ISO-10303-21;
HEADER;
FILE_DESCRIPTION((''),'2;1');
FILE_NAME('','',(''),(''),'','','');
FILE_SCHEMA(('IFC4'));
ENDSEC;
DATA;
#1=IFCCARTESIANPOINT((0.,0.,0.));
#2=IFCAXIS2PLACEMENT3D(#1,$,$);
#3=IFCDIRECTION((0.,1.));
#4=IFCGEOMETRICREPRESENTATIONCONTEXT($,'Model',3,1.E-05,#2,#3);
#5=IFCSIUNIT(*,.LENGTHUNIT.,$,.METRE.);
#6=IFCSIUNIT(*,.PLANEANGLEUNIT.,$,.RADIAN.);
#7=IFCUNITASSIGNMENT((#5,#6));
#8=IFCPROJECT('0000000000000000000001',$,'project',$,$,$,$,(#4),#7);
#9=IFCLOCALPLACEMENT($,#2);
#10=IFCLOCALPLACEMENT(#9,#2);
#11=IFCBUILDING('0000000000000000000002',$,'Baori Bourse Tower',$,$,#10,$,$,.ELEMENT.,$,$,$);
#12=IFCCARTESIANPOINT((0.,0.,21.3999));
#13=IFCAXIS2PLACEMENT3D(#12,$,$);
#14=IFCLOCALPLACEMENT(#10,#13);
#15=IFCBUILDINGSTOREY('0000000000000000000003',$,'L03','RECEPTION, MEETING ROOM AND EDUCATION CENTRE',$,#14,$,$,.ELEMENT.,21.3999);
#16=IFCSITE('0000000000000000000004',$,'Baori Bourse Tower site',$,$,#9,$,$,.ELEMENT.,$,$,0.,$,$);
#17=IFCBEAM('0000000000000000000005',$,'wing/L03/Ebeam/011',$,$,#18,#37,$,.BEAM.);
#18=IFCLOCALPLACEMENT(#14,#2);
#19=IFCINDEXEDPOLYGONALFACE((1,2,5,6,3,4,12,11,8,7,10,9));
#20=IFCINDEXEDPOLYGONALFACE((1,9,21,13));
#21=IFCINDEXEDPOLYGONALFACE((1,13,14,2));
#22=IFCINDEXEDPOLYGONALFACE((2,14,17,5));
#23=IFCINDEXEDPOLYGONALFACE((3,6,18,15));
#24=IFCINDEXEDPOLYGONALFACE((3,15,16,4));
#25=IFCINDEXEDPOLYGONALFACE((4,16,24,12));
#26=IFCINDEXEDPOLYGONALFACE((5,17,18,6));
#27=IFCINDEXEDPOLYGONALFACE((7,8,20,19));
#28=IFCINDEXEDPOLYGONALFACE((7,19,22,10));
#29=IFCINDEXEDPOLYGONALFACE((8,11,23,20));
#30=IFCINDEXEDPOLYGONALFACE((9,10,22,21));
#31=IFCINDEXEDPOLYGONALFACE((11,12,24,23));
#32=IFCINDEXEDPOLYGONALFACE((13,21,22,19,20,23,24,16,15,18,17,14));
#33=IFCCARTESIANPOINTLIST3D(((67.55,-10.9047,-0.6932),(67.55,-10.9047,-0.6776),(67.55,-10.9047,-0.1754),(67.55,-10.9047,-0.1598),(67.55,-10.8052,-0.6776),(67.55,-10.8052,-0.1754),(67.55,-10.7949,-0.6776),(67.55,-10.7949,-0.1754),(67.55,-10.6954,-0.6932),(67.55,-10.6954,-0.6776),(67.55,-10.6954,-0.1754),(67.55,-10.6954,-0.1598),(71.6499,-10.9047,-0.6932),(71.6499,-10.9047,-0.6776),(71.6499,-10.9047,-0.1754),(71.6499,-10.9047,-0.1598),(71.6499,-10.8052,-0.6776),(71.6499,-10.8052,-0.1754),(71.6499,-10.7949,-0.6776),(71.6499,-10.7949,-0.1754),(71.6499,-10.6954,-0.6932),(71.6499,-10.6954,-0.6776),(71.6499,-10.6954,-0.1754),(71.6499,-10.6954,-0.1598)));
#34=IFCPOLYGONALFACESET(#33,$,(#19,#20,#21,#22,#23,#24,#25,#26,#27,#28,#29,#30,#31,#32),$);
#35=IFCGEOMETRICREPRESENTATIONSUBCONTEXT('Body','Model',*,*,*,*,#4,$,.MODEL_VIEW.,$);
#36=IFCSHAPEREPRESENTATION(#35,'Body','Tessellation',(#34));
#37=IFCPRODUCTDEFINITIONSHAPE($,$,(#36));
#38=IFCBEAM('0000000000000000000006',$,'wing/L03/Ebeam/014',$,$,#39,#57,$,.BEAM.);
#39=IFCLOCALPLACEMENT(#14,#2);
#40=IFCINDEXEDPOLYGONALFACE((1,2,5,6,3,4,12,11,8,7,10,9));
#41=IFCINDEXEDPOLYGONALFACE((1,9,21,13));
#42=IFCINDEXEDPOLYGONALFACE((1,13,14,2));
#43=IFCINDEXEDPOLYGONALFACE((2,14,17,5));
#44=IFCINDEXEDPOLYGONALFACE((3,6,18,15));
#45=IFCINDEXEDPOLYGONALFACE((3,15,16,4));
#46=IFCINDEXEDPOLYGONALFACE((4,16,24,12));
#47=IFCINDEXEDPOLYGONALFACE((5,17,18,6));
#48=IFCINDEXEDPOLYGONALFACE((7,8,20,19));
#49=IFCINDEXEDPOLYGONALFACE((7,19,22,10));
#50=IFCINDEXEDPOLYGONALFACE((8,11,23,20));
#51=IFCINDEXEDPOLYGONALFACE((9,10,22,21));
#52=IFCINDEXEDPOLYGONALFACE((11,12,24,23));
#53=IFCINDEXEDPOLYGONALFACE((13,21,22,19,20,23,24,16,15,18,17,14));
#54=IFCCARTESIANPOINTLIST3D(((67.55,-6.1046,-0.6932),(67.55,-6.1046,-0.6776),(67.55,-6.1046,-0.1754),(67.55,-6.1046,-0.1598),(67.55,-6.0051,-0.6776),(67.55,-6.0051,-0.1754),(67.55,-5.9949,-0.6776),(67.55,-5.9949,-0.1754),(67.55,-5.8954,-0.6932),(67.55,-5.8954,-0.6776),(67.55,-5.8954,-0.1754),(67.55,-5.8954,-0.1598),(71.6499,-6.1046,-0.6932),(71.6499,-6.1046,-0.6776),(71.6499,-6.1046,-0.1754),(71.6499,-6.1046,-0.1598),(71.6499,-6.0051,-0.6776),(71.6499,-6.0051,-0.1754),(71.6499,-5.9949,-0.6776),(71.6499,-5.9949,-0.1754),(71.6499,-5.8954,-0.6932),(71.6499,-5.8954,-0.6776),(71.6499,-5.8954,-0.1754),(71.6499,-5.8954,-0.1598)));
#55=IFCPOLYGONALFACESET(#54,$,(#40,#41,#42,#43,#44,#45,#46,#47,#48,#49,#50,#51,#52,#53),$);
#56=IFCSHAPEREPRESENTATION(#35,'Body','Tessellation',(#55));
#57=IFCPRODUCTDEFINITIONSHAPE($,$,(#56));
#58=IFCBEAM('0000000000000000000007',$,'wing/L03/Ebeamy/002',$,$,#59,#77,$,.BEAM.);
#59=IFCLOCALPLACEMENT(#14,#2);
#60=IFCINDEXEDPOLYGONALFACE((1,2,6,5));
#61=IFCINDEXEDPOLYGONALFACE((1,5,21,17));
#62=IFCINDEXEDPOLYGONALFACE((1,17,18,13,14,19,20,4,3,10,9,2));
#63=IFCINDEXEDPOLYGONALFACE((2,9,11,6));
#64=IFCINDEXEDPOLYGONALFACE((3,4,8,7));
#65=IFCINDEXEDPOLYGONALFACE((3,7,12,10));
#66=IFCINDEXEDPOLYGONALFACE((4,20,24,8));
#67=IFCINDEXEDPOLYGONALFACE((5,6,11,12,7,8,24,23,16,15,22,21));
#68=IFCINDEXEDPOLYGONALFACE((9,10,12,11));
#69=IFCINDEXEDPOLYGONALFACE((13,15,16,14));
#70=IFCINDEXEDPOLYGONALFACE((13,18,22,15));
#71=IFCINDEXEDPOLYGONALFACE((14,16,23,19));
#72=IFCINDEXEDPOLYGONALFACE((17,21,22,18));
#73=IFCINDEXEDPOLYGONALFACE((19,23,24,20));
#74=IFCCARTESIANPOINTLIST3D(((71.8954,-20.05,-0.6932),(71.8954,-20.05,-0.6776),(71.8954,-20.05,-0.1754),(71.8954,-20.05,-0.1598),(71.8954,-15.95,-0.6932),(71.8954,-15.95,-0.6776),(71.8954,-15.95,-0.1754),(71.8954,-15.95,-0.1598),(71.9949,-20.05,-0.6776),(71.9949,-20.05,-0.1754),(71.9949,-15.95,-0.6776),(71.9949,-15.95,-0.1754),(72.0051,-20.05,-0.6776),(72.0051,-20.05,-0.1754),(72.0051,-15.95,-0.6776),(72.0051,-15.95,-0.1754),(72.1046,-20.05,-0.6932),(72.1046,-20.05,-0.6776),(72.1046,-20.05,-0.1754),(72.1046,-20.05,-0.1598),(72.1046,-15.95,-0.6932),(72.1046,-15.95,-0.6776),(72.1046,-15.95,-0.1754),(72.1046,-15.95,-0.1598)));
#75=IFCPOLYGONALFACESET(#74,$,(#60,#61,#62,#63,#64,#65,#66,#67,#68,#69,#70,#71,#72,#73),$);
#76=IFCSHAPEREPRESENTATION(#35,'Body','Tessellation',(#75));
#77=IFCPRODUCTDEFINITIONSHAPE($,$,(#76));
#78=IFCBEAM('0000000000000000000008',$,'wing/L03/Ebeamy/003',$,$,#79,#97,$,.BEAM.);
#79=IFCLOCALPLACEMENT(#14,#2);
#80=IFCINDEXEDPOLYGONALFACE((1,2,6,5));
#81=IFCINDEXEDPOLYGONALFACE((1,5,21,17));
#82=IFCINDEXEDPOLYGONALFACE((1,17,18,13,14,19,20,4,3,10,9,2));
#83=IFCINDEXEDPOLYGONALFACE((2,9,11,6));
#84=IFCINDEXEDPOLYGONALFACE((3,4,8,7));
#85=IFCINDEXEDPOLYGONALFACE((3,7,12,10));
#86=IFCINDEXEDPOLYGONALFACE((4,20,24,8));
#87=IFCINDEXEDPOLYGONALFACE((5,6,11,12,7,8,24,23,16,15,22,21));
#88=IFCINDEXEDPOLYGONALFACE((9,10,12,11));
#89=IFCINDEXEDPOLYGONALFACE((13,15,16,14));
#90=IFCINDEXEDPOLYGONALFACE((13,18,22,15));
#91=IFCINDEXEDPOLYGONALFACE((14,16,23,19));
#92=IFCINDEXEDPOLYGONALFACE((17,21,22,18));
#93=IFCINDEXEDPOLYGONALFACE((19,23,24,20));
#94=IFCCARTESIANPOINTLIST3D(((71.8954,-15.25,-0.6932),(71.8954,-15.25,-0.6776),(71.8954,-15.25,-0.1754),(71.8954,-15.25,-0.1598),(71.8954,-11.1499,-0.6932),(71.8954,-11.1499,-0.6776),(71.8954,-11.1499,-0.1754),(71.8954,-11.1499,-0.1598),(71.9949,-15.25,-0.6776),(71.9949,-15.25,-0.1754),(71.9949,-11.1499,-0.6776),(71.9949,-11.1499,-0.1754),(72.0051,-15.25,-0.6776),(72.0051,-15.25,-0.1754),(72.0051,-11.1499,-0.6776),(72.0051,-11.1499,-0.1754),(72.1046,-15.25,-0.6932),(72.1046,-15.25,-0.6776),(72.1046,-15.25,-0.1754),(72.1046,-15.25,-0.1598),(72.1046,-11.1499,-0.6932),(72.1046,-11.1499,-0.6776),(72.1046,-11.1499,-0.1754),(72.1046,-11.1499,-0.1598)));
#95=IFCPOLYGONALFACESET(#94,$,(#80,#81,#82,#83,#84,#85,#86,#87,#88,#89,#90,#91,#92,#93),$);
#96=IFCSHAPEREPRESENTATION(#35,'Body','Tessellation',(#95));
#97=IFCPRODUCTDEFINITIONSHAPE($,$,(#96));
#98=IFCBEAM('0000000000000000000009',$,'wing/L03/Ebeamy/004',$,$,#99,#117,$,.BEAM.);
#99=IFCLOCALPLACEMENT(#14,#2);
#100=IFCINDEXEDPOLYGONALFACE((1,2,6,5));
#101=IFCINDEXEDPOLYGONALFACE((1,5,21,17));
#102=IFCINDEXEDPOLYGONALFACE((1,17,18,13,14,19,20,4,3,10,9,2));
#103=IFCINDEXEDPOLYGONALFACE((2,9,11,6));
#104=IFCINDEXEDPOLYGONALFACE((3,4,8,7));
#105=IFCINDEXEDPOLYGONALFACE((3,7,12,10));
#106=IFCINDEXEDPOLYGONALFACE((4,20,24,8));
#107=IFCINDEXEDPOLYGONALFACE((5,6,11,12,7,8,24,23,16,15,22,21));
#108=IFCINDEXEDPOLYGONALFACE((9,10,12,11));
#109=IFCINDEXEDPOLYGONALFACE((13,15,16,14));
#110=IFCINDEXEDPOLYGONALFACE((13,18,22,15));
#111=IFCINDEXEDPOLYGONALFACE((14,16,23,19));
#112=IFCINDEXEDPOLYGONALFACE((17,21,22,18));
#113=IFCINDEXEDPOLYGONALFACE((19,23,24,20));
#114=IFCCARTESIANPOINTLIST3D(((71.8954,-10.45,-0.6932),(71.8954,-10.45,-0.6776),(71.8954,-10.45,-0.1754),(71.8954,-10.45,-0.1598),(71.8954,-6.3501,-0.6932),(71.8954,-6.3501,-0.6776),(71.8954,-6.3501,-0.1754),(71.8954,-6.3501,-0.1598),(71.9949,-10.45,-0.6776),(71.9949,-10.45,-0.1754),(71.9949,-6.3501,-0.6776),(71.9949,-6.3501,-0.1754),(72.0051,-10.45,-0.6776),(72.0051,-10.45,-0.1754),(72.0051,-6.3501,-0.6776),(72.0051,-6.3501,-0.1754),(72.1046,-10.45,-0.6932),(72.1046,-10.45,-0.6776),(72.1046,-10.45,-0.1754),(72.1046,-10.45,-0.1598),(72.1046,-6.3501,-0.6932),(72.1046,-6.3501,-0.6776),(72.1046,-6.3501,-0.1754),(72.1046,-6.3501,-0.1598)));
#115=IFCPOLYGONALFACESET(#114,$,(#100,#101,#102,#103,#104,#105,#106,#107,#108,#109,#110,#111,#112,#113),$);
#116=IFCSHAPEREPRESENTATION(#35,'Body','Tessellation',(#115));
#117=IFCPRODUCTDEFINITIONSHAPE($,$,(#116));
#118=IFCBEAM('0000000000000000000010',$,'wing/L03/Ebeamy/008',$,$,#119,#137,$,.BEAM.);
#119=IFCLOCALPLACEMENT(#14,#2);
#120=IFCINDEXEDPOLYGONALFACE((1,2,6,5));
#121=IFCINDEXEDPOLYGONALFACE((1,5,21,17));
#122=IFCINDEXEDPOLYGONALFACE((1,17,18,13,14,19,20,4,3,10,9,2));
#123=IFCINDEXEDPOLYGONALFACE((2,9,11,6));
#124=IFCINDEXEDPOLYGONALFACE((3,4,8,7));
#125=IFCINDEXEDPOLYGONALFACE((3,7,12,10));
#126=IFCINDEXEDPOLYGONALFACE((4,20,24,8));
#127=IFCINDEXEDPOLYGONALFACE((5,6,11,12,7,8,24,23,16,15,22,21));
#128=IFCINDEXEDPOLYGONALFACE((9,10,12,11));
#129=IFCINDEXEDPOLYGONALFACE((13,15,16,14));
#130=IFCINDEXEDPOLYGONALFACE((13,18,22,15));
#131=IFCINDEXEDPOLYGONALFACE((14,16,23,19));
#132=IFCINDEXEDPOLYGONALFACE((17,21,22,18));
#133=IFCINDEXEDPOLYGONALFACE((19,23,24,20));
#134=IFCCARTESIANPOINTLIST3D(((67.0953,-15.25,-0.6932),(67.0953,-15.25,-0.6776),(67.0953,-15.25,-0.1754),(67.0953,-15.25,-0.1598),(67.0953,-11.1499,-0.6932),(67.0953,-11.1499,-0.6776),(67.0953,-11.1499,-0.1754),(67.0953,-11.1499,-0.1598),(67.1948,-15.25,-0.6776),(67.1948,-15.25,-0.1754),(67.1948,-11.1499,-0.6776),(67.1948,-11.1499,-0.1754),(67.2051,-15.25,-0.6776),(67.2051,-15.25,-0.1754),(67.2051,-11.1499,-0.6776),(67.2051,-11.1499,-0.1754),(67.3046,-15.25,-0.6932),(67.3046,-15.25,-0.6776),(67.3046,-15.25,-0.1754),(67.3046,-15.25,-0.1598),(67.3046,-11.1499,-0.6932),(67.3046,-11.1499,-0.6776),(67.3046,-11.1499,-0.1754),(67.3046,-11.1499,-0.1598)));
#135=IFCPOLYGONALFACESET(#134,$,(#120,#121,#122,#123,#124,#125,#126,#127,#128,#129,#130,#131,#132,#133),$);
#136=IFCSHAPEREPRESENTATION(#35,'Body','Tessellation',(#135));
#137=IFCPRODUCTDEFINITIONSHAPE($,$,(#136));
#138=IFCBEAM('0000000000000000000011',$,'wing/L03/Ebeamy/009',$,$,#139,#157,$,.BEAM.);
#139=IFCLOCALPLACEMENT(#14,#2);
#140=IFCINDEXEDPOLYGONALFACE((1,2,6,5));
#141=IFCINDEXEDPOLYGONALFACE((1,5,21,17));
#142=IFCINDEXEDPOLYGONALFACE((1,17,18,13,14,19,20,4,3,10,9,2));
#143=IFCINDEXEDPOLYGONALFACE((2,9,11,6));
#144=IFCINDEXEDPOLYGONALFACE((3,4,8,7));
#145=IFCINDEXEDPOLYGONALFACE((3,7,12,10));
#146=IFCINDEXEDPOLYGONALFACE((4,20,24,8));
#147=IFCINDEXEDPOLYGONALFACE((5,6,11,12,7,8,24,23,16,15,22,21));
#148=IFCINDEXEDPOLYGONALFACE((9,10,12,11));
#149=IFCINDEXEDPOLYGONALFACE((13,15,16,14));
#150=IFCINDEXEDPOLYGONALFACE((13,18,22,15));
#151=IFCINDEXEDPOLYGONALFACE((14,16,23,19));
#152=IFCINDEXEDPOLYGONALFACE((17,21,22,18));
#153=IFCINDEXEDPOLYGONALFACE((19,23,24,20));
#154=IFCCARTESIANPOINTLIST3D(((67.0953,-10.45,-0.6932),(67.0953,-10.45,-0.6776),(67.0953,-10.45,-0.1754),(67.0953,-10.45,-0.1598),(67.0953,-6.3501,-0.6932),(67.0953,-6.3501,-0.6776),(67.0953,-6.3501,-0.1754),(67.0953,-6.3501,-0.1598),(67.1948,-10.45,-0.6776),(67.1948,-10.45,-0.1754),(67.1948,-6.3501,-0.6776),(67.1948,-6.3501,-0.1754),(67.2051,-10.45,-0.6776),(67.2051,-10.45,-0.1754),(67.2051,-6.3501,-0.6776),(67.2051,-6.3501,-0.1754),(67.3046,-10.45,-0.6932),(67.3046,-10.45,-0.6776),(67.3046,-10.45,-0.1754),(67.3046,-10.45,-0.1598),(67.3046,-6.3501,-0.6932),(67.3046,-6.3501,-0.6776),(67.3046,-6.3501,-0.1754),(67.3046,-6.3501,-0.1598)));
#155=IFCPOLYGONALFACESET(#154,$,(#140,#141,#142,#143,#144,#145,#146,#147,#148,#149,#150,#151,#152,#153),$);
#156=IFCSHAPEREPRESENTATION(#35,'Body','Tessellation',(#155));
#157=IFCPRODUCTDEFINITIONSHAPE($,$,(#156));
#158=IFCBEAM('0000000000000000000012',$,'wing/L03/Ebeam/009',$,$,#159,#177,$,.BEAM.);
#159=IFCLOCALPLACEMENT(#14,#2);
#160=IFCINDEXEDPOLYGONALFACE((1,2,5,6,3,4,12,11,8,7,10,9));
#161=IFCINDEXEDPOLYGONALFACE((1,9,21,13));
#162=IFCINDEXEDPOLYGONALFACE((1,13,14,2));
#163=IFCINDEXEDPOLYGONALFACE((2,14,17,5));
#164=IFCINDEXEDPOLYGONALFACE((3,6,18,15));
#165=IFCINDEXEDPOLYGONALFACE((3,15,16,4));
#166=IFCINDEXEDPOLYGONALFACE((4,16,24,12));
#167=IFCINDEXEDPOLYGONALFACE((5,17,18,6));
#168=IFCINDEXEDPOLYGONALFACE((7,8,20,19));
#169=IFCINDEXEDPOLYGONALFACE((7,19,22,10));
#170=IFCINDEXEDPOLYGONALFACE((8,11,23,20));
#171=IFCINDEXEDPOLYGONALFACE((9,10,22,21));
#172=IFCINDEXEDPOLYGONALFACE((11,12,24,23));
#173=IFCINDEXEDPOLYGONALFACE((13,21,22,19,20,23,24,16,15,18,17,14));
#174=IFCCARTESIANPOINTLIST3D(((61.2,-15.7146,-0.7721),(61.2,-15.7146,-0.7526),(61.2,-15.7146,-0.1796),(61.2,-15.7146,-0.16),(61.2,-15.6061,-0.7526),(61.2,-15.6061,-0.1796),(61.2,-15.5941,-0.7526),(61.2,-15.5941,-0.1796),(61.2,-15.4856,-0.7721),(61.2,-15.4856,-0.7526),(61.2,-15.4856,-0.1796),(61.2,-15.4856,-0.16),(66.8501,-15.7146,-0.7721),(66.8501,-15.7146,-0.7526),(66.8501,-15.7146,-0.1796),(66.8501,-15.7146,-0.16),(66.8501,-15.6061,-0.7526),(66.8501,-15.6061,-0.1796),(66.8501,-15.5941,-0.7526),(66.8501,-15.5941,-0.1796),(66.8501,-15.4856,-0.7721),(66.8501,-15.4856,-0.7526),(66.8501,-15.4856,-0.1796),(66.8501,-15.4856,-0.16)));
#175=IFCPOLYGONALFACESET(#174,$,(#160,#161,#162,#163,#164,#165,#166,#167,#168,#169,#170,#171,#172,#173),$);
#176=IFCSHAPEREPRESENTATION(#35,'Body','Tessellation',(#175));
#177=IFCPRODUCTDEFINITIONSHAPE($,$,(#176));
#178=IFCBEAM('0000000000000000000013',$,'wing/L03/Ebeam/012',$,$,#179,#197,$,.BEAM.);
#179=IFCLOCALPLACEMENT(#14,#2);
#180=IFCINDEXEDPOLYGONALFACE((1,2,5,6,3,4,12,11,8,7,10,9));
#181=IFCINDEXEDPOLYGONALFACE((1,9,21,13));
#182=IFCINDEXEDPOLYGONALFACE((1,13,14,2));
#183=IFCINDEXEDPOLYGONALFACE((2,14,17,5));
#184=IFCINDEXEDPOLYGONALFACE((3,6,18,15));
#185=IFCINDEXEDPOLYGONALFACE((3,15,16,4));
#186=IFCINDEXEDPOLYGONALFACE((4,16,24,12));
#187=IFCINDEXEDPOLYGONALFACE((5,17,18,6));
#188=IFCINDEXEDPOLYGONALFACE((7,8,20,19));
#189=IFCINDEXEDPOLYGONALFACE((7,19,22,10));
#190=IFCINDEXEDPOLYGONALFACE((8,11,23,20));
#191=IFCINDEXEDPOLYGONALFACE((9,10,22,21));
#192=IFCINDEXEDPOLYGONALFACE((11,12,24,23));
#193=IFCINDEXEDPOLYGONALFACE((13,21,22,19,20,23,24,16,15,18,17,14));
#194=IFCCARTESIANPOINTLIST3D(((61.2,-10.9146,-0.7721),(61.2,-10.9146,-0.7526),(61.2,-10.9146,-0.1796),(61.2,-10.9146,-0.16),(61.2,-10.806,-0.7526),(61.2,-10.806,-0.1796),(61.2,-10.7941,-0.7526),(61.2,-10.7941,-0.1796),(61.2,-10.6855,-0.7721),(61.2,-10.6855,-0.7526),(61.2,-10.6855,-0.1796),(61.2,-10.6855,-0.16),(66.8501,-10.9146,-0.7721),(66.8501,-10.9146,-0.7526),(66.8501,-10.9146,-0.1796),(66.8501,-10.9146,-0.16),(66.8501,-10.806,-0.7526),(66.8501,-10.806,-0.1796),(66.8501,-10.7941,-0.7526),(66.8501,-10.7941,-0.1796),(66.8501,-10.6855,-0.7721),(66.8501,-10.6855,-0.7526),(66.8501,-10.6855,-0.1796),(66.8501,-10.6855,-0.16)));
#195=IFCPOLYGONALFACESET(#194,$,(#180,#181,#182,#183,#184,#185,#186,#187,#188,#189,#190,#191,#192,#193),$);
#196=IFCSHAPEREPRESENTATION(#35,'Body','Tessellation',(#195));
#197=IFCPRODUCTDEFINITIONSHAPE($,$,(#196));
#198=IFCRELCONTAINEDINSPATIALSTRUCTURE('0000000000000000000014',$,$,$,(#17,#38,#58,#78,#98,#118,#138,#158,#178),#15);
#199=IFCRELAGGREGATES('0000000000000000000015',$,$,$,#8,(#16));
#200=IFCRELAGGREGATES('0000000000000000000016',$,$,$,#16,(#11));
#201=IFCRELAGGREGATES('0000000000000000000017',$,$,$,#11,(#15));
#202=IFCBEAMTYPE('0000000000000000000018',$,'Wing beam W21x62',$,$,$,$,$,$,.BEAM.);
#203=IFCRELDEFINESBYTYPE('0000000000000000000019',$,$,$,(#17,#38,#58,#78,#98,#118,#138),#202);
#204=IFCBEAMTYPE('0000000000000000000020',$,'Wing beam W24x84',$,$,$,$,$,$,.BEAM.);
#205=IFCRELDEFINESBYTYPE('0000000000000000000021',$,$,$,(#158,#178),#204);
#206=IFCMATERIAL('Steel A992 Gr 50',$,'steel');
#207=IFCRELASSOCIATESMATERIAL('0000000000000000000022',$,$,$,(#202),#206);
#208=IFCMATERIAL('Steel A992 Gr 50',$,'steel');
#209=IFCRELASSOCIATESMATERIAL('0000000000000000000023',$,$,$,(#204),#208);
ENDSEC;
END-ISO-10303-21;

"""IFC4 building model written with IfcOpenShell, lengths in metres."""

from ifc_helpers import new_model, si_unit, direction, frame, origin, origin_2d, place, context, subcontext, project, spatial, i_section, extrude, material, material_profile, profile_set, type_object, element, save


model = new_model("IFC4")

# Units and contexts
model_context = context("Model", 3, precision=1e-05, world=origin(), true_north=direction((0.0, 1.0)))
body_context = subcontext(model_context, "Body", "Model", "MODEL_VIEW")
ifc_project = project(units=[si_unit("LENGTHUNIT", "METRE"), si_unit("PLANEANGLEUNIT", "RADIAN")], contexts=[model_context])

# Site, building, storey
site_placement = place(None, origin())
site = spatial("IfcSite", under=ifc_project, at=site_placement, Name="Baori Bourse Tower site", CompositionType="ELEMENT", RefElevation=0.0)
building_placement = place(site_placement, origin())
building = spatial("IfcBuilding", under=site, at=building_placement, Name="Baori Bourse Tower", CompositionType="ELEMENT")
storey_placement = place(building_placement, frame((0.0, 0.0, 21.3999)))
storey = spatial("IfcBuildingStorey", under=building, at=storey_placement, Name="L03", Description="RECEPTION, MEETING ROOM AND EDUCATION CENTRE", CompositionType="ELEMENT", Elevation=21.3999)

# Beams
ifc_material_1 = material(Name="Steel A992 Gr 50", Category="steel")
ifc_material_profile_1 = material_profile(ifc_material_1, i_section(OverallWidth=0.2092, OverallDepth=0.5334, WebThickness=0.0103, FlangeThickness=0.0156, at=origin_2d()), Name="W21x62")
ifc_profile_set_1 = profile_set([ifc_material_profile_1], Name="Steel A992 Gr 50")
beam_type_1 = type_object("IfcBeamType", Name="Wing beam W21x62", PredefinedType="BEAM", material=ifc_profile_set_1)
for number, where, z_axis, x_axis, name in (
    (1, (71.6499, -10.8, -0.4265), (-1.0, 0.0, 0.0), (0.0, -1.0, 0.0), "wing/L03/Ebeam/011"),
    (2, (71.6499, -6.0, -0.4265), (-1.0, 0.0, 0.0), (0.0, -1.0, 0.0), "wing/L03/Ebeam/014"),
):
    element("IfcBeam", number, at=place(storey_placement, frame(where, z_axis=z_axis, x_axis=x_axis)), inside=storey, type_object=beam_type_1, Name=name, PredefinedType="BEAM", context=body_context, shape_type="SweptSolid", body=[
        extrude(i_section(OverallWidth=0.2092, OverallDepth=0.5334, WebThickness=0.0103, FlangeThickness=0.0156, at=origin_2d()), origin(), (0.0, 0.0, 1.0), 4.0999),
    ])
for number, where, z_axis, x_axis, name in (
    (3, (72.0, -20.05, -0.4265), (0.0, 1.0, 0.0), (-1.0, 0.0, 0.0), "wing/L03/Ebeamy/002"),
    (4, (72.0, -15.25, -0.4265), (0.0, 1.0, 0.0), (-1.0, 0.0, 0.0), "wing/L03/Ebeamy/003"),
):
    element("IfcBeam", number, at=place(storey_placement, frame(where, z_axis=z_axis, x_axis=x_axis)), inside=storey, type_object=beam_type_1, Name=name, PredefinedType="BEAM", context=body_context, shape_type="SweptSolid", body=[
        extrude(i_section(OverallWidth=0.2092, OverallDepth=0.5334, WebThickness=0.0103, FlangeThickness=0.0156, at=origin_2d()), origin(), (0.0, 0.0, 1.0), 4.1001),
    ])
beam_1_placement = place(storey_placement, frame((72.0, -10.45, -0.4265), z_axis=(0.0, 1.0, 0.0), x_axis=(-1.0, 0.0, 0.0)))
element("IfcBeam", 5, at=beam_1_placement, inside=storey, type_object=beam_type_1, Name="wing/L03/Ebeamy/004", PredefinedType="BEAM", context=body_context, shape_type="SweptSolid", body=[
    extrude(i_section(OverallWidth=0.2092, OverallDepth=0.5334, WebThickness=0.0103, FlangeThickness=0.0156, at=origin_2d()), origin(), (0.0, 0.0, 1.0), 4.0999),
])
beam_2_placement = place(storey_placement, frame((67.2, -15.25, -0.4265), z_axis=(0.0, 1.0, 0.0), x_axis=(-1.0, 0.0, 0.0)))
element("IfcBeam", 6, at=beam_2_placement, inside=storey, type_object=beam_type_1, Name="wing/L03/Ebeamy/008", PredefinedType="BEAM", context=body_context, shape_type="SweptSolid", body=[
    extrude(i_section(OverallWidth=0.2092, OverallDepth=0.5334, WebThickness=0.0103, FlangeThickness=0.0156, at=origin_2d()), origin(), (0.0, 0.0, 1.0), 4.1001),
])
beam_3_placement = place(storey_placement, frame((67.2, -10.45, -0.4265), z_axis=(0.0, 1.0, 0.0), x_axis=(-1.0, 0.0, 0.0)))
element("IfcBeam", 7, at=beam_3_placement, inside=storey, type_object=beam_type_1, Name="wing/L03/Ebeamy/009", PredefinedType="BEAM", context=body_context, shape_type="SweptSolid", body=[
    extrude(i_section(OverallWidth=0.2092, OverallDepth=0.5334, WebThickness=0.0103, FlangeThickness=0.0156, at=origin_2d()), origin(), (0.0, 0.0, 1.0), 4.0999),
])
ifc_material_2 = material(Name="Steel A992 Gr 50", Category="steel")
ifc_material_profile_2 = material_profile(ifc_material_2, i_section(OverallWidth=0.229, OverallDepth=0.6121, WebThickness=0.012, FlangeThickness=0.0195, at=origin_2d()), Name="W24x84")
ifc_profile_set_2 = profile_set([ifc_material_profile_2], Name="Steel A992 Gr 50")
beam_type_2 = type_object("IfcBeamType", Name="Wing beam W24x84", PredefinedType="BEAM", material=ifc_profile_set_2)
for number, where, z_axis, x_axis, name in (
    (8, (66.8501, -15.6001, -0.4661), (-1.0, 0.0, 0.0), (0.0, -1.0, 0.0), "wing/L03/Ebeam/009"),
    (9, (66.8501, -10.8, -0.4661), (-1.0, 0.0, 0.0), (0.0, -1.0, 0.0), "wing/L03/Ebeam/012"),
):
    element("IfcBeam", number, at=place(storey_placement, frame(where, z_axis=z_axis, x_axis=x_axis)), inside=storey, type_object=beam_type_2, Name=name, PredefinedType="BEAM", context=body_context, shape_type="SweptSolid", body=[
        extrude(i_section(OverallWidth=0.229, OverallDepth=0.6121, WebThickness=0.012, FlangeThickness=0.0195, at=origin_2d()), origin(), (0.0, 0.0, 1.0), 5.6501),
    ])

save(model, "model.ifc")
